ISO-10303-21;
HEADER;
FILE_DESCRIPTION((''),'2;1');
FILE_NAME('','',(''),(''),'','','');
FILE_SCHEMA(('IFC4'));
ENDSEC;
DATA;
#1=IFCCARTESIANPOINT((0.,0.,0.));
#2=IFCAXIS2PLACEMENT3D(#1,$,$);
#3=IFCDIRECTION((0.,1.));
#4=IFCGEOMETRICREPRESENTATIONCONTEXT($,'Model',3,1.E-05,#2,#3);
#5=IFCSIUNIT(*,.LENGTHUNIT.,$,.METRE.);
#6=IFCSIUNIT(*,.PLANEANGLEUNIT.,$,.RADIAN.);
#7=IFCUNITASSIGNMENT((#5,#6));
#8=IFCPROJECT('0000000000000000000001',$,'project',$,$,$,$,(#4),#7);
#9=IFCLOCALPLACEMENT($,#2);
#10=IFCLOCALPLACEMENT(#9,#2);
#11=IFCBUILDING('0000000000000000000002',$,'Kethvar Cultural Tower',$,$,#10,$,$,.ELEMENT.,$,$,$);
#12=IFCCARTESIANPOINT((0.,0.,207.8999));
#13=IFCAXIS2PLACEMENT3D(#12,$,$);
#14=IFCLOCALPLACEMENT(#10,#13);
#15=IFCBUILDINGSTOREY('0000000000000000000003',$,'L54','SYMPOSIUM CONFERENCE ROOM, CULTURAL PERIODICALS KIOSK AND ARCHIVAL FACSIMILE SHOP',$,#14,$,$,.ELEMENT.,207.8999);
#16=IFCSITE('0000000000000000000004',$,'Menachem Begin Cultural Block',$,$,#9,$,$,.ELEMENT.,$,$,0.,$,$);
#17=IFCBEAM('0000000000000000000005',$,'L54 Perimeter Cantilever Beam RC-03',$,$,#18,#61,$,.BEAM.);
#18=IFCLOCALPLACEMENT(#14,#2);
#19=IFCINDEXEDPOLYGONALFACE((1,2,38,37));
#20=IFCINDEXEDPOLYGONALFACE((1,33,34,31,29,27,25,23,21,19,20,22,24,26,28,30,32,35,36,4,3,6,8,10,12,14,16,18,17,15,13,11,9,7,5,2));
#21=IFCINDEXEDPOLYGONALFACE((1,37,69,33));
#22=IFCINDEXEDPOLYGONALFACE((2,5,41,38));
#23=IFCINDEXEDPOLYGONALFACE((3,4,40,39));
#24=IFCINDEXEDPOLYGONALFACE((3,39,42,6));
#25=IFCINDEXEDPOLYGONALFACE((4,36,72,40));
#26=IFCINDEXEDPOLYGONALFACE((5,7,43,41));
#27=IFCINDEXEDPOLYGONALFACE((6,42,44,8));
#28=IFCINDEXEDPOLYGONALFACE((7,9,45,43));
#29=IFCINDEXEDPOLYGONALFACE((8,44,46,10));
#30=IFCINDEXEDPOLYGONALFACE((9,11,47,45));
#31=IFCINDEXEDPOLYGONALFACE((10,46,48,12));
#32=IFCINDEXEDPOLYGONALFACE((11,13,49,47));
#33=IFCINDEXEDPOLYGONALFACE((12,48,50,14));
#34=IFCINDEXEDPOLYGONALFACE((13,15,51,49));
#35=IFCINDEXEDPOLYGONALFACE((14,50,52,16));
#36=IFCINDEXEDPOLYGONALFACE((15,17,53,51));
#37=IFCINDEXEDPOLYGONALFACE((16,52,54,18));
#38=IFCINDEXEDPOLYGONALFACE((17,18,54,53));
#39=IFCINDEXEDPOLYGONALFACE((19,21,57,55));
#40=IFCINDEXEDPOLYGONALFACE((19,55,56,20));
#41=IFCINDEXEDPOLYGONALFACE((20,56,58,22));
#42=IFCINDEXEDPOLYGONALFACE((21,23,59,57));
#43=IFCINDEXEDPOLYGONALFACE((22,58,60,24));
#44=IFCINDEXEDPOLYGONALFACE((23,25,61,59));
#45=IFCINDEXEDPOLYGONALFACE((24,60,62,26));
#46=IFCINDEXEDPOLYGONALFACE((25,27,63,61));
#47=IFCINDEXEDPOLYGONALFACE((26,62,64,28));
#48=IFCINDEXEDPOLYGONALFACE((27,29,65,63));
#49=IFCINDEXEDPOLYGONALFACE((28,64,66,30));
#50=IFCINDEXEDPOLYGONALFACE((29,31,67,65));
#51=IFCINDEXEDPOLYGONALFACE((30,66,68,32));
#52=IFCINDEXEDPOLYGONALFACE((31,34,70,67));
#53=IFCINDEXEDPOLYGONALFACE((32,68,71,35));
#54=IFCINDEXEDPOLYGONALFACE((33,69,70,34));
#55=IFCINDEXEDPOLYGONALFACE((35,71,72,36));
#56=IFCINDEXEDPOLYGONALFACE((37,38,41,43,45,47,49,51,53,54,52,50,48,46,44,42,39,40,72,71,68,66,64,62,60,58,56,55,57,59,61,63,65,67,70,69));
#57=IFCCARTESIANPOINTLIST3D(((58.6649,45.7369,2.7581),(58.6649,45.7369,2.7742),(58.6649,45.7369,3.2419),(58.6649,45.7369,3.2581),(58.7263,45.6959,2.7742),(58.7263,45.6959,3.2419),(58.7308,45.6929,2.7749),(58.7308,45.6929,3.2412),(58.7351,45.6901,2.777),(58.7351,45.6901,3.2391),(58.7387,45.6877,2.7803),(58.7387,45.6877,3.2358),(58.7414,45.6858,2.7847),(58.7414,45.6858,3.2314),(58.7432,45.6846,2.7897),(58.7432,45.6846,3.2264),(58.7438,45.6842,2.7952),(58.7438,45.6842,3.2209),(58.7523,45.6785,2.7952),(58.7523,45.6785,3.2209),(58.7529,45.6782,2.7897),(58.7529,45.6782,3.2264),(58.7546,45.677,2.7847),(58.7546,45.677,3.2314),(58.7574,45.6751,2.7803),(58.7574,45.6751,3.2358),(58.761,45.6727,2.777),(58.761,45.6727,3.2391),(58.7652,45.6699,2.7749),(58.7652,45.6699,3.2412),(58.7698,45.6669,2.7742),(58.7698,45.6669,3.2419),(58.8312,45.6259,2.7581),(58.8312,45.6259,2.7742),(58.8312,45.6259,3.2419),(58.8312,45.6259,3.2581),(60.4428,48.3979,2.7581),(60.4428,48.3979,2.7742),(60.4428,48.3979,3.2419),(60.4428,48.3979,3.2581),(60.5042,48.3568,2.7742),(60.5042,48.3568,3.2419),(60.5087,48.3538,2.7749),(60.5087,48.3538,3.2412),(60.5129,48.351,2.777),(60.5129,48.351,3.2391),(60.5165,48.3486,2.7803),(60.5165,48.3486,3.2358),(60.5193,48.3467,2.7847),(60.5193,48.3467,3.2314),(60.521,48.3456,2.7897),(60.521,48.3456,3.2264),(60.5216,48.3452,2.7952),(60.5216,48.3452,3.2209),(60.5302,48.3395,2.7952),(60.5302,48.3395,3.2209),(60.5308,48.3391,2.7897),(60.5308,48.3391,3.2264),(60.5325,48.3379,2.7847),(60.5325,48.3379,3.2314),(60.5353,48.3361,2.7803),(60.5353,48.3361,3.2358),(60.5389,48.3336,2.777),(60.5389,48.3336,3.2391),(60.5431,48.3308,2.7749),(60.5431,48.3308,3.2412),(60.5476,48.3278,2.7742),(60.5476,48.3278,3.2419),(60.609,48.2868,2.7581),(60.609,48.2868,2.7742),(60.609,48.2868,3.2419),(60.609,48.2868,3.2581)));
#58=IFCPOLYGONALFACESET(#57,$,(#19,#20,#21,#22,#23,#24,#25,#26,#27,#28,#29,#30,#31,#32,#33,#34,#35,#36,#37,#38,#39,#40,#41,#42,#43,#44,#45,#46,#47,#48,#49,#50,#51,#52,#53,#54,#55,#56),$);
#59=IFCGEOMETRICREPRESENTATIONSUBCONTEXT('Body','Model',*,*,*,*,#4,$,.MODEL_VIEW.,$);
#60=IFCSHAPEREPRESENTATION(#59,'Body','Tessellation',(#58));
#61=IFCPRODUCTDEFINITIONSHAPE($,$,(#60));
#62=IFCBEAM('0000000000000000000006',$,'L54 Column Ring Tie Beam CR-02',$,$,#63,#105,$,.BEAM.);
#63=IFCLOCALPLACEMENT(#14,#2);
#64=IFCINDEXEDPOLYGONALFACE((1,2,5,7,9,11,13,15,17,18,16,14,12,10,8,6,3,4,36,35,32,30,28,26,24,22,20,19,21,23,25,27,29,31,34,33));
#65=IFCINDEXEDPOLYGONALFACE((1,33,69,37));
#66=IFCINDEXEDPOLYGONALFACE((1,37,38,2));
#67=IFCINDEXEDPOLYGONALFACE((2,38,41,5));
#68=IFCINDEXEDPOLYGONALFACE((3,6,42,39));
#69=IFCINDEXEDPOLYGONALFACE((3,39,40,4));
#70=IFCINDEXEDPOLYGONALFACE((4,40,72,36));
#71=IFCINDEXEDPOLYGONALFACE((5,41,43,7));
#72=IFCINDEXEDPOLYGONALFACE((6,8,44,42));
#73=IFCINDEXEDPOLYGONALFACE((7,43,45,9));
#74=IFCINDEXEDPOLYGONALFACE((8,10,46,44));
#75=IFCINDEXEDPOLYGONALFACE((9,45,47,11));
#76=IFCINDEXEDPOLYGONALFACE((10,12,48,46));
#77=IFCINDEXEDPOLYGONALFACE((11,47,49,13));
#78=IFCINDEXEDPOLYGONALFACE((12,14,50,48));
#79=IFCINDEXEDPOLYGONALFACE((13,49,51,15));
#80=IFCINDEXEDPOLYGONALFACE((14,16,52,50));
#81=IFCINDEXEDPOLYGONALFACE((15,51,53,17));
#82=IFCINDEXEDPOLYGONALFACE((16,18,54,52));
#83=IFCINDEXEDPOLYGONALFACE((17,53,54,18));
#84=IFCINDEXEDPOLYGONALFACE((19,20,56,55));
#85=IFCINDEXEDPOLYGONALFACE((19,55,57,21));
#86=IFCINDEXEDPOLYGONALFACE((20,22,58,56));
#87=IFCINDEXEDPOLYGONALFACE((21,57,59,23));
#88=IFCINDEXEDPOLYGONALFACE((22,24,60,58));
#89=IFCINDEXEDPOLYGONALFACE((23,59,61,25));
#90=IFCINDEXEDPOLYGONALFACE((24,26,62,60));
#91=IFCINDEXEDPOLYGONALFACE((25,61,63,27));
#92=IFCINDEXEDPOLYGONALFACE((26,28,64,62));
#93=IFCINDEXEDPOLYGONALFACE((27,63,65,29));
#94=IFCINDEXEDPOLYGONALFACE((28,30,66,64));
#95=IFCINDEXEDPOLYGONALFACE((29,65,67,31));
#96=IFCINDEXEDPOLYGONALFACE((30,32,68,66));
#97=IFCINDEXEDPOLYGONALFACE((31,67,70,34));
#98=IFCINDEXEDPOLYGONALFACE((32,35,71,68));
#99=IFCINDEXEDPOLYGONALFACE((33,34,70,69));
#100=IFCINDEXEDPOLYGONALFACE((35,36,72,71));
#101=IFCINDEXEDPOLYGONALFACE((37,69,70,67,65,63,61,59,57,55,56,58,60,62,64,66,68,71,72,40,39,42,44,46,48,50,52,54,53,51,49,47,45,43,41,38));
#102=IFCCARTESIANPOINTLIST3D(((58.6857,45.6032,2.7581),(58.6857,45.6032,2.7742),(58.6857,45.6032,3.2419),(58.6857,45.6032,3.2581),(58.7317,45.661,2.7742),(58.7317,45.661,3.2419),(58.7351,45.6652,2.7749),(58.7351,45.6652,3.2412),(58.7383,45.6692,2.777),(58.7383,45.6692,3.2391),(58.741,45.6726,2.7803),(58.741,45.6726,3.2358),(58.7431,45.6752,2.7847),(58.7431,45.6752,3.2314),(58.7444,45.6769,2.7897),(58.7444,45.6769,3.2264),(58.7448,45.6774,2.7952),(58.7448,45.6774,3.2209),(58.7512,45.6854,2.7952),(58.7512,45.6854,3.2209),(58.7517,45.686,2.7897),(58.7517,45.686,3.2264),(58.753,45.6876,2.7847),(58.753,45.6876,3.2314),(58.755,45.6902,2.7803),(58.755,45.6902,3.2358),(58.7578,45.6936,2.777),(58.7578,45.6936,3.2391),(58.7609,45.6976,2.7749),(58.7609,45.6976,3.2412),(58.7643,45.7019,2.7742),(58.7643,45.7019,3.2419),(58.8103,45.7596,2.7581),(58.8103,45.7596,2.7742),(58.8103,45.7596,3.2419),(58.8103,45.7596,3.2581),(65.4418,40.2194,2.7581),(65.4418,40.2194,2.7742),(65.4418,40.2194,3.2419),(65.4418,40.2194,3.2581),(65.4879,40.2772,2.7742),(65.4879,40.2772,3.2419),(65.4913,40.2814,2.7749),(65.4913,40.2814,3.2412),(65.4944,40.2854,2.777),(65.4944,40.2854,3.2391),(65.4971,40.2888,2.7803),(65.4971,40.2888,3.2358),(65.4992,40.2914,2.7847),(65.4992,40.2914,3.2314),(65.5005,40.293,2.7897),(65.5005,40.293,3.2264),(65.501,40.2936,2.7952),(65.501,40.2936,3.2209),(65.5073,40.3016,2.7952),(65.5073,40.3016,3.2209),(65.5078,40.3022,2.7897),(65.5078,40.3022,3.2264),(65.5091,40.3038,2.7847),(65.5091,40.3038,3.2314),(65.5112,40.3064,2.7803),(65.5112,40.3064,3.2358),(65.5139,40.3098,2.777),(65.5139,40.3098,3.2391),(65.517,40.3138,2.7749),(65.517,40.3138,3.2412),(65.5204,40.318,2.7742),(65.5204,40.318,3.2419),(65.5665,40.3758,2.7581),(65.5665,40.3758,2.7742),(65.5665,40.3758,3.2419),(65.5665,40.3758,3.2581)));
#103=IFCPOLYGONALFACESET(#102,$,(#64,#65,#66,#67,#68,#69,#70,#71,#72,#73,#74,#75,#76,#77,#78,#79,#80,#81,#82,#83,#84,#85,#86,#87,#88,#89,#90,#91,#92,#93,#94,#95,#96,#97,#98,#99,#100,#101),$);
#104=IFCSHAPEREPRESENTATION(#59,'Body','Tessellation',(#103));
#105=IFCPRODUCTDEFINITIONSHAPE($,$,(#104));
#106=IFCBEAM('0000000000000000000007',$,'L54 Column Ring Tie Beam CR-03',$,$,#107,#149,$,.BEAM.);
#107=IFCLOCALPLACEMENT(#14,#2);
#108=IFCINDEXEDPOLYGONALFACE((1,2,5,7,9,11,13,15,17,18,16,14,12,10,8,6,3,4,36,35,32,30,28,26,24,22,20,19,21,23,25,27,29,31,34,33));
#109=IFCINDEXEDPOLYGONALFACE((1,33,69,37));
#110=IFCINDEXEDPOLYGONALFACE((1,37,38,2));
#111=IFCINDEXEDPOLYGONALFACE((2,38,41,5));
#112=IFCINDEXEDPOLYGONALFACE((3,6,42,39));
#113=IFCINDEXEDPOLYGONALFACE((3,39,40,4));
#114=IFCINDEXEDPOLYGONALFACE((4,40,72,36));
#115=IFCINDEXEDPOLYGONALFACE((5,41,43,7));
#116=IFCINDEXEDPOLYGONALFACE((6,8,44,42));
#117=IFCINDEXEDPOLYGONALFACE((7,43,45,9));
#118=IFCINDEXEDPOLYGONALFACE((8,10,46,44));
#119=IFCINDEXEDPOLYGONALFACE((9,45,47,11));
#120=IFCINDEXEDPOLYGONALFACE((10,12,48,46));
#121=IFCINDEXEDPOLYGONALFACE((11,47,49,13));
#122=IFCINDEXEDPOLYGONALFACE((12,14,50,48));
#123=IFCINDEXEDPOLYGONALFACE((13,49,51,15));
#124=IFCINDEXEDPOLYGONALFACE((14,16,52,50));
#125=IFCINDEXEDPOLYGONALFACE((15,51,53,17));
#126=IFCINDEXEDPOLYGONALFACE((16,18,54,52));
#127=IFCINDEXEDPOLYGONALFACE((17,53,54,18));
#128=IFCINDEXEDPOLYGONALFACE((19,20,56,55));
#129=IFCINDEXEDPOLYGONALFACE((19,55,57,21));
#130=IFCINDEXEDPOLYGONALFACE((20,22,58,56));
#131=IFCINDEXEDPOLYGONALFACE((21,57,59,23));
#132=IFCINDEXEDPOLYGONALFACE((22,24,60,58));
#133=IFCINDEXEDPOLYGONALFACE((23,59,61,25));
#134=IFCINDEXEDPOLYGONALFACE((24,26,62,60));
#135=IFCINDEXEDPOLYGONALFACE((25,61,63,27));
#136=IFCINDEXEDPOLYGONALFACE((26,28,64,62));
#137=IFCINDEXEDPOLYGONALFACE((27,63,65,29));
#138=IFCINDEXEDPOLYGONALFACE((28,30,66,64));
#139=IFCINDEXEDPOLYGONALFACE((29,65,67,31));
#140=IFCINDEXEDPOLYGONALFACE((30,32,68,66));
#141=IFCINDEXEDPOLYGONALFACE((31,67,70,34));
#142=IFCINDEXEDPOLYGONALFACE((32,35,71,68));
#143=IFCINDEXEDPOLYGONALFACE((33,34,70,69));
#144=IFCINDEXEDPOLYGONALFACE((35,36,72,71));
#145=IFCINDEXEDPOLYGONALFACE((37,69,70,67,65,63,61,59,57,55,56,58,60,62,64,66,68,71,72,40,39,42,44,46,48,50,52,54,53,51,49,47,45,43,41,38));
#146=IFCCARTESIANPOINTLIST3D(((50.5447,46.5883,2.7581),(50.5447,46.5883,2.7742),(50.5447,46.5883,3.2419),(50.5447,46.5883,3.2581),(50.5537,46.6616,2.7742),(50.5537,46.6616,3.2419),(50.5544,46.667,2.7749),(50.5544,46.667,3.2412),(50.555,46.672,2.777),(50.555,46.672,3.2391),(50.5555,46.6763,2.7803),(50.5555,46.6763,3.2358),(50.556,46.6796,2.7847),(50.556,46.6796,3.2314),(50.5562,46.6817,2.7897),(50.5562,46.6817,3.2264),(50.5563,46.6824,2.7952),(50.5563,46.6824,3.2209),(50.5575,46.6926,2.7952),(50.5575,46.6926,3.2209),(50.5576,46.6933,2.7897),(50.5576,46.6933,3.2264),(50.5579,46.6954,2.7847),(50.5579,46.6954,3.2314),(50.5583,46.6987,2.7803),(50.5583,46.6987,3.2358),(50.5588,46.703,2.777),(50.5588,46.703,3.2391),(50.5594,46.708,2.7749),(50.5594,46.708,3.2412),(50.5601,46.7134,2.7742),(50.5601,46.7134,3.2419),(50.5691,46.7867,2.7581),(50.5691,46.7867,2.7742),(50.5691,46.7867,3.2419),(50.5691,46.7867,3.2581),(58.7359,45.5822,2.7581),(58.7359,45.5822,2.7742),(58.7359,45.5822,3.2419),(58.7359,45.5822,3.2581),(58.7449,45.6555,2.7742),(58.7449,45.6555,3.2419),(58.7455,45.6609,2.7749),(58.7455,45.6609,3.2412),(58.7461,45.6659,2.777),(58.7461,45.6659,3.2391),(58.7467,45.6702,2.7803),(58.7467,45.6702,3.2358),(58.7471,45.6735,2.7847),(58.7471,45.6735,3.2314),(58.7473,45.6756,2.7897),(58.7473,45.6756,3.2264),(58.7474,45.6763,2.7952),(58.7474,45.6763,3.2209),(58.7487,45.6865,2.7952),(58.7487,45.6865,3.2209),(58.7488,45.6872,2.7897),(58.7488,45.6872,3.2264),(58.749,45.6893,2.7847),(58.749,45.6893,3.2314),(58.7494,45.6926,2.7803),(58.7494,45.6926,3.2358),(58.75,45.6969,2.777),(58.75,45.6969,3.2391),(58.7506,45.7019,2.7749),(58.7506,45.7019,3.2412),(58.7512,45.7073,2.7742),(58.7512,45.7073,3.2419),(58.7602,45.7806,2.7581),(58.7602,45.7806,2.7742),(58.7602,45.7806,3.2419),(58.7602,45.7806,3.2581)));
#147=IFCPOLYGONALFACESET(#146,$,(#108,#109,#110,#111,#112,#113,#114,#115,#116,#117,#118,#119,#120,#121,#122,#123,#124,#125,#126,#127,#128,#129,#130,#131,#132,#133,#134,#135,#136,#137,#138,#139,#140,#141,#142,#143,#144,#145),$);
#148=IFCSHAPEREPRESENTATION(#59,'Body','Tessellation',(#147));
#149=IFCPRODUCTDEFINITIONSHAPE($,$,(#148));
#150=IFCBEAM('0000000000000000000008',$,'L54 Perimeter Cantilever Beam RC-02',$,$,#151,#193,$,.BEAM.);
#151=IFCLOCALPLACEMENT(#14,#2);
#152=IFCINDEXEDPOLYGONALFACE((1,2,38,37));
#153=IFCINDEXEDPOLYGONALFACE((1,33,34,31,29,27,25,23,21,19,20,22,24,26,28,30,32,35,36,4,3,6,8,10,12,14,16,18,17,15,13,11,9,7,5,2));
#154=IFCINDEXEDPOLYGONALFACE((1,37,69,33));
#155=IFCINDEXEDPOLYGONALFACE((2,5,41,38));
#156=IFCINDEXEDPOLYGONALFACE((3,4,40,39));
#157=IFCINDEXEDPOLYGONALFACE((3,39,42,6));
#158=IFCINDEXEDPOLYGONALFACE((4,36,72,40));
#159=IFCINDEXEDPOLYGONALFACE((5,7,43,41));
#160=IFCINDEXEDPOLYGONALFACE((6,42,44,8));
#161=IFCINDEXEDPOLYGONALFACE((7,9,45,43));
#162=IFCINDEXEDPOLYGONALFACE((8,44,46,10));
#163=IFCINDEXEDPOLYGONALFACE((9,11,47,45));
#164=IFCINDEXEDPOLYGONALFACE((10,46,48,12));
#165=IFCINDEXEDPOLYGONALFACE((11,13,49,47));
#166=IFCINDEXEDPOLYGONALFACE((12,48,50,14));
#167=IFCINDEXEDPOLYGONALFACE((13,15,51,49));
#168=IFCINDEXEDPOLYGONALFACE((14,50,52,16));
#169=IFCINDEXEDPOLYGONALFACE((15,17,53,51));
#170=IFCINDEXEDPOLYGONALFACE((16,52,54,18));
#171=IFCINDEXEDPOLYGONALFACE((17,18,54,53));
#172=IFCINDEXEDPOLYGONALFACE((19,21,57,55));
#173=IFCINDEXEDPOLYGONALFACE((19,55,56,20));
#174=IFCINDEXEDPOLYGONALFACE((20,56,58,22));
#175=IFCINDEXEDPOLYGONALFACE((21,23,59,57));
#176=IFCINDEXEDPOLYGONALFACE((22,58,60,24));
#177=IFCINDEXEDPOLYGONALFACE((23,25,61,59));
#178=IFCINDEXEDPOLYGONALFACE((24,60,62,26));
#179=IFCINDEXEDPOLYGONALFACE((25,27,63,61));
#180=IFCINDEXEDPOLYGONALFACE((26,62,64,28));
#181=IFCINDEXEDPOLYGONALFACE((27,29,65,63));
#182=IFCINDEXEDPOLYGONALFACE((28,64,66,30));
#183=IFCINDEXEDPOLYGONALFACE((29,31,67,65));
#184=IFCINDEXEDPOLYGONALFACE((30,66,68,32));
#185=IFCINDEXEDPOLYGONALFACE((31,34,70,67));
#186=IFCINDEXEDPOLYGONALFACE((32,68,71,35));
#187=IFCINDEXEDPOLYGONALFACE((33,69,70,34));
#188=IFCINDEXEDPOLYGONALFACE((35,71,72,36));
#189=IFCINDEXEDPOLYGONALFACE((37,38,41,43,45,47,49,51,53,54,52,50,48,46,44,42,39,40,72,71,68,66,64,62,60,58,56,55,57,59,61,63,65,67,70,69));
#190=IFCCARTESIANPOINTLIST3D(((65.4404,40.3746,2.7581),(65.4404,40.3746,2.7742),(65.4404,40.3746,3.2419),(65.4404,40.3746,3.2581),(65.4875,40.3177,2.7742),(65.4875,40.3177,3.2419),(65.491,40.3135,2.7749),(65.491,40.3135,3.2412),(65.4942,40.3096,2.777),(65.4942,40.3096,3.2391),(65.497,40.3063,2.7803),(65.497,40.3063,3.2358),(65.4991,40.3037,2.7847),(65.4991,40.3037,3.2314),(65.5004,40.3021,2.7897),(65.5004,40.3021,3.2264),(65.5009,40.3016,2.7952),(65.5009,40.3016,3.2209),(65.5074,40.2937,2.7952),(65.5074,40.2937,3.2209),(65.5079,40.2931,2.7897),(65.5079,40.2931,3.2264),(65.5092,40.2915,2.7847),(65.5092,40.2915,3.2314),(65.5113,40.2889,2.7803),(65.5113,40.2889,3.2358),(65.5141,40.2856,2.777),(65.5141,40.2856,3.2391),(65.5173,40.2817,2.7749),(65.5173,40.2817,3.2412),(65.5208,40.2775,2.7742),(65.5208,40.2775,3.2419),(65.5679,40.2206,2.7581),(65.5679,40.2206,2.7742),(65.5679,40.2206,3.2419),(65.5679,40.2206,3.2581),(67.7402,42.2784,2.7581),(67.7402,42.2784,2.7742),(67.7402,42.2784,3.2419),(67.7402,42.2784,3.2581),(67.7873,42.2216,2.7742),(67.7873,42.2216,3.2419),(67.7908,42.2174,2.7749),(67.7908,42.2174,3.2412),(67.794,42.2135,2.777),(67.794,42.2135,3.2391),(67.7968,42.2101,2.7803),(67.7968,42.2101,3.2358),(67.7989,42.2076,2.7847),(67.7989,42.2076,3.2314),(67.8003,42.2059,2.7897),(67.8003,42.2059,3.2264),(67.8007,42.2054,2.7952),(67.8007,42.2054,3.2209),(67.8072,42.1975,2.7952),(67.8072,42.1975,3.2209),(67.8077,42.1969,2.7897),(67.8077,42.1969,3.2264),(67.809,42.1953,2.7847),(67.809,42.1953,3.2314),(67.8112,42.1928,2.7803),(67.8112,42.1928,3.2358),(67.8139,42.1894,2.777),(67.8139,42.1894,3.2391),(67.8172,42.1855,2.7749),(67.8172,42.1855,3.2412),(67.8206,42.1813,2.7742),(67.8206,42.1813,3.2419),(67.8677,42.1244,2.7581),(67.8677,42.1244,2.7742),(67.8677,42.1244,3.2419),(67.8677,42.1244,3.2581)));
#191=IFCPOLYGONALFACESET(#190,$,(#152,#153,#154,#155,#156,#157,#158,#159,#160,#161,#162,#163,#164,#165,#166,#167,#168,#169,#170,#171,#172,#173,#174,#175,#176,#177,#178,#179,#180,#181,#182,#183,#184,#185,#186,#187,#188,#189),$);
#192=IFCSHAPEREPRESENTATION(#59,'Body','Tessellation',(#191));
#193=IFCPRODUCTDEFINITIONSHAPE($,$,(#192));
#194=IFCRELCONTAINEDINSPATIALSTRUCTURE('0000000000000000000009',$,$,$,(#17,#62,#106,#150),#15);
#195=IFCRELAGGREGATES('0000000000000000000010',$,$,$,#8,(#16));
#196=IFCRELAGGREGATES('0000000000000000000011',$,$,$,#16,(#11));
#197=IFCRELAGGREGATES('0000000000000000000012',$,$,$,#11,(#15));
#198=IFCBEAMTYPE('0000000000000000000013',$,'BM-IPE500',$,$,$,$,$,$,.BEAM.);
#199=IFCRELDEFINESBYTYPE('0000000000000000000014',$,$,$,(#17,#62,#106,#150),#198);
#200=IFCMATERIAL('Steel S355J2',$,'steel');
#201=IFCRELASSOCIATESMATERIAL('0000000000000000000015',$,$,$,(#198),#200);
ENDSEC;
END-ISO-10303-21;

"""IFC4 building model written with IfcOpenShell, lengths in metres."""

from ifc_helpers import new_model, si_unit, direction, frame, origin, origin_2d, place, context, subcontext, project, spatial, i_section, extrude, source, transform, mapped, material, material_profile, profile_set, type_object, element, save


model = new_model("IFC4")

# Units and contexts
model_context = context("Model", 3, precision=1e-05, world=origin(), true_north=direction((0.0, 1.0)))
body_context = subcontext(model_context, "Body", "Model", "MODEL_VIEW")
ifc_project = project(units=[si_unit("LENGTHUNIT", "METRE"), si_unit("PLANEANGLEUNIT", "RADIAN")], contexts=[model_context])

# Site, building, storey
site_placement = place(None, origin())
site = spatial("IfcSite", under=ifc_project, at=site_placement, Name="Menachem Begin Cultural Block", CompositionType="ELEMENT", RefElevation=0.0)
building_placement = place(site_placement, origin())
building = spatial("IfcBuilding", under=site, at=building_placement, Name="Kethvar Cultural Tower", CompositionType="ELEMENT")
storey_placement = place(building_placement, frame((0.0, 0.0, 207.8999)))
storey = spatial("IfcBuildingStorey", under=building, at=storey_placement, Name="L54", Description="SYMPOSIUM CONFERENCE ROOM, CULTURAL PERIODICALS KIOSK AND ARCHIVAL FACSIMILE SHOP", CompositionType="ELEMENT", Elevation=207.8999)

# Beams
ifc_material_1 = material(Name="Steel S355J2", Category="steel")
ifc_material_profile_1 = material_profile(ifc_material_1, i_section(OverallWidth=0.2, OverallDepth=0.5, WebThickness=0.0103, FlangeThickness=0.0161, FilletRadius=0.021, at=origin_2d()), Name="Steel S355J2 — IPE500")
ifc_profile_set_1 = profile_set([ifc_material_profile_1], Name="Steel S355J2 — IPE500")
beam_type_1 = type_object("IfcBeamType", Name="BM-IPE500", PredefinedType="BEAM", material=ifc_profile_set_1)
shared_shape_1 = source(origin(), body_context, "Body", "SweptSolid", [
    extrude(i_section(OverallWidth=0.2, OverallDepth=0.5, WebThickness=0.0103, FlangeThickness=0.0161, FilletRadius=0.021, at=origin_2d()), origin(), (0.0, 0.0, 1.0), 3.2002),
])
beam_1_placement = place(storey_placement, frame((58.748, 45.6814, 3.0081), z_axis=(0.555545, 0.831486, 0.0), x_axis=(-0.831486, 0.555545, 0.0)))
element("IfcBeam", 1, at=beam_1_placement, inside=storey, type_object=beam_type_1, Name="L54 Perimeter Cantilever Beam RC-03", PredefinedType="BEAM", context=body_context, shape_type="MappedRepresentation", body=[
    mapped(shared_shape_1, transform((0.0, 0.0, 0.0), scale=1.0)),
])
shared_shape_2 = source(origin(), body_context, "Body", "SweptSolid", [
    extrude(i_section(OverallWidth=0.2, OverallDepth=0.5, WebThickness=0.0103, FlangeThickness=0.0161, FilletRadius=0.021, at=origin_2d()), origin(), (0.0, 0.0, 1.0), 8.6389),
])
beam_2_placement = place(storey_placement, frame((65.5042, 40.2976, 3.0081), z_axis=(-0.782058, 0.623205, 0.0), x_axis=(-0.623205, -0.782058, 0.0)))
element("IfcBeam", 2, at=beam_2_placement, inside=storey, type_object=beam_type_1, Name="L54 Column Ring Tie Beam CR-02", PredefinedType="BEAM", context=body_context, shape_type="MappedRepresentation", body=[
    mapped(shared_shape_2, transform((0.0, 0.0, 0.0), scale=1.0)),
])
shared_shape_3 = source(origin(), body_context, "Body", "SweptSolid", [
    extrude(i_section(OverallWidth=0.2, OverallDepth=0.5, WebThickness=0.0103, FlangeThickness=0.0161, FilletRadius=0.021, at=origin_2d()), origin(), (0.0, 0.0, 1.0), 8.2527),
])
beam_3_placement = place(storey_placement, frame((58.748, 45.6814, 3.0081), z_axis=(-0.992541, 0.121912, 0.0), x_axis=(-0.121912, -0.992541, 0.0)))
element("IfcBeam", 3, at=beam_3_placement, inside=storey, type_object=beam_type_1, Name="L54 Column Ring Tie Beam CR-03", PredefinedType="BEAM", context=body_context, shape_type="MappedRepresentation", body=[
    mapped(shared_shape_3, transform((0.0, 0.0, 0.0), scale=1.0)),
])
shared_shape_4 = source(origin(), body_context, "Body", "SweptSolid", [
    extrude(i_section(OverallWidth=0.2, OverallDepth=0.5, WebThickness=0.0103, FlangeThickness=0.0161, FilletRadius=0.021, at=origin_2d()), origin(), (0.0, 0.0, 1.0), 2.9856),
])
beam_4_placement = place(storey_placement, frame((65.5042, 40.2976, 3.0081), z_axis=(0.770308, 0.637671, 0.0), x_axis=(-0.637671, 0.770308, 0.0)))
element("IfcBeam", 4, at=beam_4_placement, inside=storey, type_object=beam_type_1, Name="L54 Perimeter Cantilever Beam RC-02", PredefinedType="BEAM", context=body_context, shape_type="MappedRepresentation", body=[
    mapped(shared_shape_4, transform((0.0, 0.0, 0.0), scale=1.0)),
])

save(model, "model.ifc")
